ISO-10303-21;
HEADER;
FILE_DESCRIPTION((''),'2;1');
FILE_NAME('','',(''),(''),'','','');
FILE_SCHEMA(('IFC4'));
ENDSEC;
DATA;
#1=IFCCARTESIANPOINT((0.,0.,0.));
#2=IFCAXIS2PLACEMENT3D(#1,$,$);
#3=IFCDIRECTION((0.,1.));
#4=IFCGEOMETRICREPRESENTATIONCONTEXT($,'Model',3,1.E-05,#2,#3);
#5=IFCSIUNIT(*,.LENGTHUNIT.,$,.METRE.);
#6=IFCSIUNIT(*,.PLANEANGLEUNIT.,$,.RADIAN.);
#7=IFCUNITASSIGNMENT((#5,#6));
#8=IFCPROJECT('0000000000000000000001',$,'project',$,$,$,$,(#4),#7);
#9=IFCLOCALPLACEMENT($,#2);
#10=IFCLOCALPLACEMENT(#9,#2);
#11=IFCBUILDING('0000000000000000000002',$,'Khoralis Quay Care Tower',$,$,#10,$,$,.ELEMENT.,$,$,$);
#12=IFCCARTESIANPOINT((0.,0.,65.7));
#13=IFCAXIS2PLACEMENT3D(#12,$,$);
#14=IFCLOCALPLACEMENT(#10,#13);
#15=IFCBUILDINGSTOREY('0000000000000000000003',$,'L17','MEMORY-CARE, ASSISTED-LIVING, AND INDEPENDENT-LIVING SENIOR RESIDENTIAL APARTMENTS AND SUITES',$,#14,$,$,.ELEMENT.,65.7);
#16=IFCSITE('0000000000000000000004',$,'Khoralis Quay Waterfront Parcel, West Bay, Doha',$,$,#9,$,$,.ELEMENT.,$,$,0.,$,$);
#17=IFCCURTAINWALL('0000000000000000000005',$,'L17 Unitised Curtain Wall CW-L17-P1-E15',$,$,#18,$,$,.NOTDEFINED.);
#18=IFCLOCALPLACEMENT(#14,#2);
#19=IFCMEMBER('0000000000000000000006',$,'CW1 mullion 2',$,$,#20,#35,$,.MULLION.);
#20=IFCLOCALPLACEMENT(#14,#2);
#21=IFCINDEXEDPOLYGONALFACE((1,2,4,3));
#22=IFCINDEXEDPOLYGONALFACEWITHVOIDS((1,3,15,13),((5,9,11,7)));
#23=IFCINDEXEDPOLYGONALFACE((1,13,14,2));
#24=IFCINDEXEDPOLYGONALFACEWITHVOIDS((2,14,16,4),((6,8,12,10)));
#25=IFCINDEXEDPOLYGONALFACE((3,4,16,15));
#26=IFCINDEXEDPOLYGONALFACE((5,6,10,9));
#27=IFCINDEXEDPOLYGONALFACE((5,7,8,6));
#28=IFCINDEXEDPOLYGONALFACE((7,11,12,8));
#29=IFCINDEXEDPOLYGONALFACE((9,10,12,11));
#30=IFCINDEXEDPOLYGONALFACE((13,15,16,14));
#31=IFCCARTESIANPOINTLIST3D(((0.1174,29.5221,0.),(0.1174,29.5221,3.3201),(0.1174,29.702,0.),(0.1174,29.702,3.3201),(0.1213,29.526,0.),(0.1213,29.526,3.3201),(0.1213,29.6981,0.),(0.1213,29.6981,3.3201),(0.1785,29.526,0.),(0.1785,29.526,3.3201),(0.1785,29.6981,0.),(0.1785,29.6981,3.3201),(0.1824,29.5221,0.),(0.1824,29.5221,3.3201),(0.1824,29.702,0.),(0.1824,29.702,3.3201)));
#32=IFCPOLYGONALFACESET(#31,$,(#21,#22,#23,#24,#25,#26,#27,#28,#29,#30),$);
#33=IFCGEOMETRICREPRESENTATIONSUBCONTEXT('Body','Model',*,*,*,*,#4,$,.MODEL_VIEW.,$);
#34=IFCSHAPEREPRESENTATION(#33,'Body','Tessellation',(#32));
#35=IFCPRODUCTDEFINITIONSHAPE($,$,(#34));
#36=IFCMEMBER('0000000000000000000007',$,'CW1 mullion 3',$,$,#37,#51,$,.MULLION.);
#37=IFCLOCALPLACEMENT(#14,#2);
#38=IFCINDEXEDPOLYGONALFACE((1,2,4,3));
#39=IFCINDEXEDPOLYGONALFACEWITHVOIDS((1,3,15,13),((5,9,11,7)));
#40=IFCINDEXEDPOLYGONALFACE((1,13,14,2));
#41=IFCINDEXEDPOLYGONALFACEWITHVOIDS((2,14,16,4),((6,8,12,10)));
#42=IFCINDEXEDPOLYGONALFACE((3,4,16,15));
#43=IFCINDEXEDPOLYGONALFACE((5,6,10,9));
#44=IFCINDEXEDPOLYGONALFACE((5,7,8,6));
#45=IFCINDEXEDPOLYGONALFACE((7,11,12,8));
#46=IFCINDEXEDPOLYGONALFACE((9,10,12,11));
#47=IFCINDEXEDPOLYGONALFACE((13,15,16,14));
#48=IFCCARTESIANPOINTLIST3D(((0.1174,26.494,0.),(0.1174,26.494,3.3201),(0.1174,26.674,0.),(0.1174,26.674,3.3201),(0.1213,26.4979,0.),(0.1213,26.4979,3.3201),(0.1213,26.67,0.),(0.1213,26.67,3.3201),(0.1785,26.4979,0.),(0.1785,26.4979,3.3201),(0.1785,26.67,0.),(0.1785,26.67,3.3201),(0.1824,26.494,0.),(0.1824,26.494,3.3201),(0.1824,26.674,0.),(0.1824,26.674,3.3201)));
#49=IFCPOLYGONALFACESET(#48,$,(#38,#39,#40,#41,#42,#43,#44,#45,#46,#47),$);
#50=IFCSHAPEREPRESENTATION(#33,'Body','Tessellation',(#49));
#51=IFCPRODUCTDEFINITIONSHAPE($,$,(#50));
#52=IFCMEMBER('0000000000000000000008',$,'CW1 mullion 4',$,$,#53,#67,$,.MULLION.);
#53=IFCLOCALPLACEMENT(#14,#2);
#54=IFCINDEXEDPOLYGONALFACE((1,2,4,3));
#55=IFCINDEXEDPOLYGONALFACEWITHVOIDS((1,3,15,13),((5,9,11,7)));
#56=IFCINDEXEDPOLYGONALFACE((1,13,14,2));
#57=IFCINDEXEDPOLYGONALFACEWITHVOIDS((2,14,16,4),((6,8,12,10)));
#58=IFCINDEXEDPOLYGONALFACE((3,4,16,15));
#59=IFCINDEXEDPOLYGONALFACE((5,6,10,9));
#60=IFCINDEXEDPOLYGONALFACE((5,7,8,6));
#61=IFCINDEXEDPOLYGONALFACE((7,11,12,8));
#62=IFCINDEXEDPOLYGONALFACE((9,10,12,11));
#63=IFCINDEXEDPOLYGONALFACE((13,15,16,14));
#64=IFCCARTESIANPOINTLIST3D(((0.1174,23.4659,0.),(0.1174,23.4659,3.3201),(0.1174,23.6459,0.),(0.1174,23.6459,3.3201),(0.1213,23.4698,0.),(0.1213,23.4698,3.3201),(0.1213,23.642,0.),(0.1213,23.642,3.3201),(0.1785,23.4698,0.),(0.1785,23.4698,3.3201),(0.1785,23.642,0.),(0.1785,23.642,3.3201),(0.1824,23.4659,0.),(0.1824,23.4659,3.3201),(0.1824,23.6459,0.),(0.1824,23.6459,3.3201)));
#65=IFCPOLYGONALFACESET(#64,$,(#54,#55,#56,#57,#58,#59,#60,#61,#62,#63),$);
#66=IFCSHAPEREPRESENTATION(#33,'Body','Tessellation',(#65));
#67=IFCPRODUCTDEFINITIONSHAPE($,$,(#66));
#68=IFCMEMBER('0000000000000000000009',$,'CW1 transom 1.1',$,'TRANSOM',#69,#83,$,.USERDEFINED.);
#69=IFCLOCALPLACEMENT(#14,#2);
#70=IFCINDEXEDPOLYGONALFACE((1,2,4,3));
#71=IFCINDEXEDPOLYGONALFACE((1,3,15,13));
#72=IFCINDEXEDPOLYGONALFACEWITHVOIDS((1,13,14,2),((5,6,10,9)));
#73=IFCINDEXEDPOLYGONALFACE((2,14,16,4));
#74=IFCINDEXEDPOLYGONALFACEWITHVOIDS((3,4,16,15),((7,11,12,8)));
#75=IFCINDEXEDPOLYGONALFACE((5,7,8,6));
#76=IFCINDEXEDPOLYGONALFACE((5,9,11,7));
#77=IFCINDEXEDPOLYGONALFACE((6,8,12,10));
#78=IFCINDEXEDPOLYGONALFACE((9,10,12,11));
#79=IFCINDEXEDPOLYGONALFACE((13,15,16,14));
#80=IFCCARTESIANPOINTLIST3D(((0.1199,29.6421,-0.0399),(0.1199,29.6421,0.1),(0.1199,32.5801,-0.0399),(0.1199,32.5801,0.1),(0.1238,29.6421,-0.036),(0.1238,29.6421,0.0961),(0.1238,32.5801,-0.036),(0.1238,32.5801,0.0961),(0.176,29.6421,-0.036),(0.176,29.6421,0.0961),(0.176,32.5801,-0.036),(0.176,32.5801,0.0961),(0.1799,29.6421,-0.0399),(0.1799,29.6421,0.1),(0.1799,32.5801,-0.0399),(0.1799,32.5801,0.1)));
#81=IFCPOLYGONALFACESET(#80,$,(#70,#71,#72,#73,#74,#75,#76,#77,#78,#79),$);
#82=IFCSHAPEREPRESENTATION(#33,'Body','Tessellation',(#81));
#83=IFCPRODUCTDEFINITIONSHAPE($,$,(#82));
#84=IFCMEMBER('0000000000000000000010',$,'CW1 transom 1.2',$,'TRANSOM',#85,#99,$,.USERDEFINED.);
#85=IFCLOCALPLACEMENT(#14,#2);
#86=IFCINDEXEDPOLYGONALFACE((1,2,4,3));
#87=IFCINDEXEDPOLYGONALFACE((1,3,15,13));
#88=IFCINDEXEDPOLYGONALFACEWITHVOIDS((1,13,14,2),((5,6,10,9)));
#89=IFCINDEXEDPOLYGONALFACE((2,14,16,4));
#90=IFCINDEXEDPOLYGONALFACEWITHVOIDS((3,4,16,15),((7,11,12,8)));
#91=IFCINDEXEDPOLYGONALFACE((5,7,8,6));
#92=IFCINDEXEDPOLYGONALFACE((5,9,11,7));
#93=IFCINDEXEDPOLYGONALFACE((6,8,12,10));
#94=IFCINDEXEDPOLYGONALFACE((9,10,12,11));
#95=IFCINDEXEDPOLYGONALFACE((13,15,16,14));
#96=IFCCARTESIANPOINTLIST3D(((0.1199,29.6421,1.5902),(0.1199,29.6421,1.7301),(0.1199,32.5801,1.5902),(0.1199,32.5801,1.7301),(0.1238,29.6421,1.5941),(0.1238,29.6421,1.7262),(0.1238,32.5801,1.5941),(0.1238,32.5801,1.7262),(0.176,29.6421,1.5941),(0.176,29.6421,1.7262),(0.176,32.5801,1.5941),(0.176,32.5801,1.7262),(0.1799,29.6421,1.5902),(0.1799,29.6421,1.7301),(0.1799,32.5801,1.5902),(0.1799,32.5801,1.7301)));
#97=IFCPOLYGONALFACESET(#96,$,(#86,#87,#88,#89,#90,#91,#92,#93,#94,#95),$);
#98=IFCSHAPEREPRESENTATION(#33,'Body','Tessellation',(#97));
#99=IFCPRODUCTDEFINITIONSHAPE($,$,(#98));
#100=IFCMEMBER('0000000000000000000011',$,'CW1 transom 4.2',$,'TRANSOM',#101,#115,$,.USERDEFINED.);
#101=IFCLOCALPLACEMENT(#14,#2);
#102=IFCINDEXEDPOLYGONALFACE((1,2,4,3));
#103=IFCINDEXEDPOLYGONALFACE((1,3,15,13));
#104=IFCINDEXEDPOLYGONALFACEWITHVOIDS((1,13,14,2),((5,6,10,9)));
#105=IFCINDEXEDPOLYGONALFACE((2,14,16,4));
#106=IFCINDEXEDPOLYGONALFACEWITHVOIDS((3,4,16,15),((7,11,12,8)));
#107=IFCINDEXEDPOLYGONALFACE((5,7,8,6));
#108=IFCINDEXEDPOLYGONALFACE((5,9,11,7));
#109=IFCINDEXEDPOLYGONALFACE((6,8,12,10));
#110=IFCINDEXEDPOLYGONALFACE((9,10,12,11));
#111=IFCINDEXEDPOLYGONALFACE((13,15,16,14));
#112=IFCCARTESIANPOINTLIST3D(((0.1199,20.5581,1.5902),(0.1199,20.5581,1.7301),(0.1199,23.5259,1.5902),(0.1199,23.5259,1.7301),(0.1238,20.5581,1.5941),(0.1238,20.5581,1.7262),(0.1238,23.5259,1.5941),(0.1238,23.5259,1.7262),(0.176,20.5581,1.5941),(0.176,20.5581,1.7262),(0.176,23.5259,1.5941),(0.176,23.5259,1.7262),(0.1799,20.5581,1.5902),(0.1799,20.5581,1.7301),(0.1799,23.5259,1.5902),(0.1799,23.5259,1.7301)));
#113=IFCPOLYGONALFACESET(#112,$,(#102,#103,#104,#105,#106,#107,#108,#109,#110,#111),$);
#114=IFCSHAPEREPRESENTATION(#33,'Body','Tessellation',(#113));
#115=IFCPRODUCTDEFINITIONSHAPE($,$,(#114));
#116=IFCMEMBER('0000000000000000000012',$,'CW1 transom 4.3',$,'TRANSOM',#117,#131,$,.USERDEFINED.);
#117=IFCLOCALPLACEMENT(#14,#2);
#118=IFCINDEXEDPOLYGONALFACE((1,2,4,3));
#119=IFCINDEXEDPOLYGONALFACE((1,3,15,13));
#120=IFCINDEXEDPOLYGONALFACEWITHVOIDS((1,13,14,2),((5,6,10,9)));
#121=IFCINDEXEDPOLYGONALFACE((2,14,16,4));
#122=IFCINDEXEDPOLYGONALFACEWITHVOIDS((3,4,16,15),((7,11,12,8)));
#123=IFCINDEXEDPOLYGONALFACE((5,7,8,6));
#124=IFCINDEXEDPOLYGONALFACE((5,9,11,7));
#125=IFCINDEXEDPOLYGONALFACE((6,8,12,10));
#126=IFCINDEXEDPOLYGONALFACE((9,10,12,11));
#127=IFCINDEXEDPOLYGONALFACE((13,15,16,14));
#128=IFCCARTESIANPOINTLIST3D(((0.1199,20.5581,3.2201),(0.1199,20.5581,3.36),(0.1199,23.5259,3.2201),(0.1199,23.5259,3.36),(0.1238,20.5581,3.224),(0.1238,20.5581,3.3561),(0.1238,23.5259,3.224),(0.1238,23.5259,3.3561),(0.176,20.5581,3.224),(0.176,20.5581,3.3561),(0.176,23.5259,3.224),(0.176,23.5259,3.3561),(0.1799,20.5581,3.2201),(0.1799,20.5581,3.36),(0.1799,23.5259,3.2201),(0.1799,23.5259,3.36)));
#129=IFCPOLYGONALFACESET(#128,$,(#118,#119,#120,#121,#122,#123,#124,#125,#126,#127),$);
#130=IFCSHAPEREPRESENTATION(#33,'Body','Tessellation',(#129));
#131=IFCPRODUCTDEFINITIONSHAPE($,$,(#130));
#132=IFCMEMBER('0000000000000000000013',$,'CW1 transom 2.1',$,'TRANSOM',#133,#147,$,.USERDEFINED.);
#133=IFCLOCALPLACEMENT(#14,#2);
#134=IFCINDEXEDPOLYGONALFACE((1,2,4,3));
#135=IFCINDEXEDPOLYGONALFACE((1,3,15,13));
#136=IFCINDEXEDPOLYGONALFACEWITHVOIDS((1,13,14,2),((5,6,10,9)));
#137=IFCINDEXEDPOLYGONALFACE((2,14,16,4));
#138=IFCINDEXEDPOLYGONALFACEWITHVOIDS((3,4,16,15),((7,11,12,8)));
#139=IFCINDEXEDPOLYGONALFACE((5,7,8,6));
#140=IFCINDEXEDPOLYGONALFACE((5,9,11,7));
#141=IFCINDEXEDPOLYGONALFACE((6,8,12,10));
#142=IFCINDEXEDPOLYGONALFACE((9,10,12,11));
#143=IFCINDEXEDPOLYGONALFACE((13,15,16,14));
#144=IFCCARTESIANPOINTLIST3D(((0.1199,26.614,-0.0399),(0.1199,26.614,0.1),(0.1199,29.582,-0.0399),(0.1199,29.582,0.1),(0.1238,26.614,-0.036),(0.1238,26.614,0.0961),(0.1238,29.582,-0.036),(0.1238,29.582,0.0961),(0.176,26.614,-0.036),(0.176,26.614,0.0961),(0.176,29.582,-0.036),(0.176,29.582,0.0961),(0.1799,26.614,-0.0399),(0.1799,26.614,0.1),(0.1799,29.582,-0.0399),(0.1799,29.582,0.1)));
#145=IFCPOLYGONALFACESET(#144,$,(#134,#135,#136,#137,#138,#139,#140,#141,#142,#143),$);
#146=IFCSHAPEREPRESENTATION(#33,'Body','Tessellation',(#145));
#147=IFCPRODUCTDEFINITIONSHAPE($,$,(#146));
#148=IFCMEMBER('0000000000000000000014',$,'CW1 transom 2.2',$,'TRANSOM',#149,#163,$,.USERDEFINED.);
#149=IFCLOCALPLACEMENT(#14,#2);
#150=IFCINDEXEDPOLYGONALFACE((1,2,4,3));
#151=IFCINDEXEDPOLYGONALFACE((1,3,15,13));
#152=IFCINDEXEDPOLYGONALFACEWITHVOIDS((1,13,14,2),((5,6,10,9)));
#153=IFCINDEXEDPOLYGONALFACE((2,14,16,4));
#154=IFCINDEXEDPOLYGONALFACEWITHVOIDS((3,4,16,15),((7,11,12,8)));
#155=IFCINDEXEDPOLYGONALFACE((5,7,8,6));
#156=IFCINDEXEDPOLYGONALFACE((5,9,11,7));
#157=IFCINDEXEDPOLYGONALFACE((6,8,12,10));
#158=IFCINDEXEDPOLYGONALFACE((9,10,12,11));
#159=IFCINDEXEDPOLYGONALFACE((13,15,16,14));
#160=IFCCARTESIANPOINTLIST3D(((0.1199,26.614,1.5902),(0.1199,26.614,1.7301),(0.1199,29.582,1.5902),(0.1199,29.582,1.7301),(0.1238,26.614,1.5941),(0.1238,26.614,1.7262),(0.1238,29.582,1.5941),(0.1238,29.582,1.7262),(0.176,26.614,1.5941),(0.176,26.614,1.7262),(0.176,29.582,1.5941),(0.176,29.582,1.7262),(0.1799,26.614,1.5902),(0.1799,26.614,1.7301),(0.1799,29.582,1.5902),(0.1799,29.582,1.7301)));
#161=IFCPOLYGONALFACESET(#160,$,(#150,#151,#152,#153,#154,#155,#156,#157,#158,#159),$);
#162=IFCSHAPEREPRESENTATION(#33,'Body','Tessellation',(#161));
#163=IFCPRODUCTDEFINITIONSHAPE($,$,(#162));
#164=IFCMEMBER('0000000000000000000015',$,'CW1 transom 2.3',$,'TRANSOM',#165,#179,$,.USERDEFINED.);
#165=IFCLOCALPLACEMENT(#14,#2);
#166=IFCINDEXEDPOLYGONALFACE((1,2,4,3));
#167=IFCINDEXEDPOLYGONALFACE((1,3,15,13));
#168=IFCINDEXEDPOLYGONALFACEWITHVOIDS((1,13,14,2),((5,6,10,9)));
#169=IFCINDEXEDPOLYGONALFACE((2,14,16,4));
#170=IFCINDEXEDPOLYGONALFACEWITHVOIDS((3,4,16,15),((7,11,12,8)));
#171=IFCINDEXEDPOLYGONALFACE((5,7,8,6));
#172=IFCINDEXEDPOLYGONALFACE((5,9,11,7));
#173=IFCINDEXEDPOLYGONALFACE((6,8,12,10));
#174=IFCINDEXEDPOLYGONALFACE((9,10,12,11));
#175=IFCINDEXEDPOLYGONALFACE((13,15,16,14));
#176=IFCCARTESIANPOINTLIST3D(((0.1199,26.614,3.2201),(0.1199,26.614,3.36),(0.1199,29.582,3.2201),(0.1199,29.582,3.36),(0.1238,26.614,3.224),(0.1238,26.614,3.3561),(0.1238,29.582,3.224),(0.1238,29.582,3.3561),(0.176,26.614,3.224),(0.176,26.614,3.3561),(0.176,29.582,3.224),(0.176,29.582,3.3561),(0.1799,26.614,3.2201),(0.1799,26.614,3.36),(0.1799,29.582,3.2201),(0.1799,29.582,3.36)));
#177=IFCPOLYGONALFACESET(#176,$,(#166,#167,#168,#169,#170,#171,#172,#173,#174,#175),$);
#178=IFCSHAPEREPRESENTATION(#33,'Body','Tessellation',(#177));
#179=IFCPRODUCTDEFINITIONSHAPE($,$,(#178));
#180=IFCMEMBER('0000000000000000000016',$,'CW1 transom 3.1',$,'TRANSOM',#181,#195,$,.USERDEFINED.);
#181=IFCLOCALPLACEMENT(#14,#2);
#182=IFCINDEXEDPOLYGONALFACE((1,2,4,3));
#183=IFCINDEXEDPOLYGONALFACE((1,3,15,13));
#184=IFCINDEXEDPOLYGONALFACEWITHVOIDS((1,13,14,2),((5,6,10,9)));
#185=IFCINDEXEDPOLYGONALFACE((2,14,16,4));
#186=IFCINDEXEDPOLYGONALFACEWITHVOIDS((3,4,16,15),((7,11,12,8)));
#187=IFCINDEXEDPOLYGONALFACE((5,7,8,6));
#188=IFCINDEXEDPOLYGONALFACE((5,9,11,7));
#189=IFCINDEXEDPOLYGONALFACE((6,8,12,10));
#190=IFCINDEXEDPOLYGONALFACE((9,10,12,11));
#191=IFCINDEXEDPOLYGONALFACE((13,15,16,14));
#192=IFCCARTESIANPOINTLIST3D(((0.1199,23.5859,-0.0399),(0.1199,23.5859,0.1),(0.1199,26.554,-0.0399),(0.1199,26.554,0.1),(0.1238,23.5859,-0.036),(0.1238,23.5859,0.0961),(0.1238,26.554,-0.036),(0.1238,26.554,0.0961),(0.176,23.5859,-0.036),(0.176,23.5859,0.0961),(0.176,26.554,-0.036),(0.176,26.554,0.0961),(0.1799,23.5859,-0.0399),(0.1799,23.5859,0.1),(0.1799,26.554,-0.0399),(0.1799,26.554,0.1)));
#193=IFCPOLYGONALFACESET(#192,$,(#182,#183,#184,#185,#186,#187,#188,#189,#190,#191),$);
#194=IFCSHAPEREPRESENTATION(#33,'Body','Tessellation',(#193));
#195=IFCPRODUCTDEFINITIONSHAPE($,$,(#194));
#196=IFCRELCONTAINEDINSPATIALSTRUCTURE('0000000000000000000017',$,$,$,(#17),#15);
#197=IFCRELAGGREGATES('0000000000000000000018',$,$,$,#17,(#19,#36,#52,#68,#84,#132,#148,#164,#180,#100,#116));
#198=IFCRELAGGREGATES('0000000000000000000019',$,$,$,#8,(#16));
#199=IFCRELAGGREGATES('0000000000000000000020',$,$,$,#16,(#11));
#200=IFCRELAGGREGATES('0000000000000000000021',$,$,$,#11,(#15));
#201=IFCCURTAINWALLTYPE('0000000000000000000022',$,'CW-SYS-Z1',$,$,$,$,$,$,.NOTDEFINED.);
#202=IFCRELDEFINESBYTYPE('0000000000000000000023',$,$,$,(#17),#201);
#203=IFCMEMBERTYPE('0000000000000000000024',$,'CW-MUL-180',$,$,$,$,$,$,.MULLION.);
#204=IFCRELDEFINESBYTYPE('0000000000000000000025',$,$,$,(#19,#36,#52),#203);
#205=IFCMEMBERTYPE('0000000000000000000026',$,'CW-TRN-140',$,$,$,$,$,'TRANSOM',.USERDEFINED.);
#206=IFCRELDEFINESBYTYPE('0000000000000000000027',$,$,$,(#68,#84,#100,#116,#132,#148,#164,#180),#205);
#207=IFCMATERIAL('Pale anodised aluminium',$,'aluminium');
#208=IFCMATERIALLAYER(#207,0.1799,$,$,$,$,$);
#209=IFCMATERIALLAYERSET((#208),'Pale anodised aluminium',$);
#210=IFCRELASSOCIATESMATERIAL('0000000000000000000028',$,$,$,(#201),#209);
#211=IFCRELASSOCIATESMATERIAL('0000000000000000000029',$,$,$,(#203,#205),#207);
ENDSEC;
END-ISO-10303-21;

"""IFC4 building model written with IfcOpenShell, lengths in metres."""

from ifc_helpers import new_model, si_unit, direction, frame, origin, origin_2d, place, context, subcontext, project, spatial, hollow_rectangle, extrude, source, transform, mapped, material, layer, layer_set, material_profile, profile_set, type_object, element, aggregate, save


model = new_model("IFC4")

# Units and contexts
model_context = context("Model", 3, precision=1e-05, world=origin(), true_north=direction((0.0, 1.0)))
body_context = subcontext(model_context, "Body", "Model", "MODEL_VIEW")
ifc_project = project(units=[si_unit("LENGTHUNIT", "METRE"), si_unit("PLANEANGLEUNIT", "RADIAN")], contexts=[model_context])

# Site, building, storey
site_placement = place(None, origin())
site = spatial("IfcSite", under=ifc_project, at=site_placement, Name="Khoralis Quay Waterfront Parcel, West Bay, Doha", CompositionType="ELEMENT", RefElevation=0.0)
building_placement = place(site_placement, origin())
building = spatial("IfcBuilding", under=site, at=building_placement, Name="Khoralis Quay Care Tower", CompositionType="ELEMENT")
storey_placement = place(building_placement, frame((0.0, 0.0, 65.7)))
storey = spatial("IfcBuildingStorey", under=building, at=storey_placement, Name="L17", Description="MEMORY-CARE, ASSISTED-LIVING, AND INDEPENDENT-LIVING SENIOR RESIDENTIAL APARTMENTS AND SUITES", CompositionType="ELEMENT", Elevation=65.7)

# Curtain wall, members
ifc_material_1 = material(Name="Pale anodised aluminium", Category="aluminium")
ifc_layer_1 = layer(ifc_material_1, 0.1799)
ifc_layer_set_1 = layer_set([ifc_layer_1], Name="Pale anodised aluminium")
curtain_wall_type = type_object("IfcCurtainWallType", Name="CW-SYS-Z1", PredefinedType="NOTDEFINED", material=ifc_layer_set_1)
curtain_wall_placement = place(storey_placement, origin())
curtain_wall = element("IfcCurtainWall", 1, at=curtain_wall_placement, inside=storey, type_object=curtain_wall_type, Name="L17 Unitised Curtain Wall CW-L17-P1-E15", PredefinedType="NOTDEFINED")
ifc_material_profile_1 = material_profile(ifc_material_1, hollow_rectangle(XDim=0.0649, YDim=0.1799, WallThickness=0.0039, at=origin_2d()), Name="Pale anodised aluminium")
ifc_profile_set_1 = profile_set([ifc_material_profile_1], Name="Pale anodised aluminium")
member_type_1 = type_object("IfcMemberType", Name="CW-MUL-180", PredefinedType="MULLION", material=ifc_profile_set_1)
shared_shape_1 = source(origin(), body_context, "Body", "SweptSolid", [
    extrude(hollow_rectangle(XDim=0.0649, YDim=0.1799, WallThickness=0.0039, at=origin_2d()), origin(), (0.0, 0.0, 1.0), 3.3201),
])
member_1_placement = place(storey_placement, frame((0.1499, 29.6121, 0.0), z_axis=(0.0, 0.0, 1.0), x_axis=(1.0, 0.0, 0.0)))
member_1 = element("IfcMember", 2, at=member_1_placement, type_object=member_type_1, Name="CW1 mullion 2", PredefinedType="MULLION", context=body_context, shape_type="MappedRepresentation", body=[
    mapped(shared_shape_1, transform((0.0, 0.0, 0.0), scale=1.0)),
])
member_2_placement = place(storey_placement, frame((0.1499, 26.584, 0.0), z_axis=(0.0, 0.0, 1.0), x_axis=(1.0, 0.0, 0.0)))
member_2 = element("IfcMember", 3, at=member_2_placement, type_object=member_type_1, Name="CW1 mullion 3", PredefinedType="MULLION", context=body_context, shape_type="MappedRepresentation", body=[
    mapped(shared_shape_1, transform((0.0, 0.0, 0.0), scale=1.0)),
])
member_3_placement = place(storey_placement, frame((0.1499, 23.5559, 0.0), z_axis=(0.0, 0.0, 1.0), x_axis=(1.0, 0.0, 0.0)))
member_3 = element("IfcMember", 4, at=member_3_placement, type_object=member_type_1, Name="CW1 mullion 4", PredefinedType="MULLION", context=body_context, shape_type="MappedRepresentation", body=[
    mapped(shared_shape_1, transform((0.0, 0.0, 0.0), scale=1.0)),
])
ifc_material_profile_2 = material_profile(ifc_material_1, hollow_rectangle(XDim=0.0601, YDim=0.1399, WallThickness=0.0039, at=origin_2d()), Name="Pale anodised aluminium")
ifc_profile_set_2 = profile_set([ifc_material_profile_2], Name="Pale anodised aluminium")
member_type_2 = type_object("IfcMemberType", Name="CW-TRN-140", ElementType="TRANSOM", PredefinedType="USERDEFINED", material=ifc_profile_set_2)
shared_shape_2 = source(origin(), body_context, "Body", "SweptSolid", [
    extrude(hollow_rectangle(XDim=0.0601, YDim=0.1399, WallThickness=0.0039, at=origin_2d()), origin(), (0.0, 0.0, 1.0), 2.938),
])
member_4_placement = place(storey_placement, frame((0.1499, 32.5801, 0.03), z_axis=(0.0, -1.0, 0.0), x_axis=(1.0, 0.0, 0.0)))
member_4 = element("IfcMember", 5, at=member_4_placement, type_object=member_type_2, Name="CW1 transom 1.1", ObjectType="TRANSOM", PredefinedType="USERDEFINED", context=body_context, shape_type="MappedRepresentation", body=[
    mapped(shared_shape_2, transform((0.0, 0.0, 0.0), scale=1.0)),
])
member_5_placement = place(storey_placement, frame((0.1499, 32.5801, 1.6602), z_axis=(0.0, -1.0, 0.0), x_axis=(1.0, 0.0, 0.0)))
member_5 = element("IfcMember", 6, at=member_5_placement, type_object=member_type_2, Name="CW1 transom 1.2", ObjectType="TRANSOM", PredefinedType="USERDEFINED", context=body_context, shape_type="MappedRepresentation", body=[
    mapped(shared_shape_2, transform((0.0, 0.0, 0.0), scale=1.0)),
])
shared_shape_3 = source(origin(), body_context, "Body", "SweptSolid", [
    extrude(hollow_rectangle(XDim=0.0601, YDim=0.1399, WallThickness=0.0039, at=origin_2d()), origin(), (0.0, 0.0, 1.0), 2.9678),
])
member_6_placement = place(storey_placement, frame((0.1499, 23.5259, 1.6602), z_axis=(0.0, -1.0, 0.0), x_axis=(1.0, 0.0, 0.0)))
member_6 = element("IfcMember", 7, at=member_6_placement, type_object=member_type_2, Name="CW1 transom 4.2", ObjectType="TRANSOM", PredefinedType="USERDEFINED", context=body_context, shape_type="MappedRepresentation", body=[
    mapped(shared_shape_3, transform((0.0, 0.0, 0.0), scale=1.0)),
])
member_7_placement = place(storey_placement, frame((0.1499, 23.5259, 3.29), z_axis=(0.0, -1.0, 0.0), x_axis=(1.0, 0.0, 0.0)))
member_7 = element("IfcMember", 8, at=member_7_placement, type_object=member_type_2, Name="CW1 transom 4.3", ObjectType="TRANSOM", PredefinedType="USERDEFINED", context=body_context, shape_type="MappedRepresentation", body=[
    mapped(shared_shape_3, transform((0.0, 0.0, 0.0), scale=1.0)),
])
shared_shape_4 = source(origin(), body_context, "Body", "SweptSolid", [
    extrude(hollow_rectangle(XDim=0.0601, YDim=0.1399, WallThickness=0.0039, at=origin_2d()), origin(), (0.0, 0.0, 1.0), 2.968),
])
member_8_placement = place(storey_placement, frame((0.1499, 29.582, 0.03), z_axis=(0.0, -1.0, 0.0), x_axis=(1.0, 0.0, 0.0)))
member_8 = element("IfcMember", 9, at=member_8_placement, type_object=member_type_2, Name="CW1 transom 2.1", ObjectType="TRANSOM", PredefinedType="USERDEFINED", context=body_context, shape_type="MappedRepresentation", body=[
    mapped(shared_shape_4, transform((0.0, 0.0, 0.0), scale=1.0)),
])
member_9_placement = place(storey_placement, frame((0.1499, 29.582, 1.6602), z_axis=(0.0, -1.0, 0.0), x_axis=(1.0, 0.0, 0.0)))
member_9 = element("IfcMember", 10, at=member_9_placement, type_object=member_type_2, Name="CW1 transom 2.2", ObjectType="TRANSOM", PredefinedType="USERDEFINED", context=body_context, shape_type="MappedRepresentation", body=[
    mapped(shared_shape_4, transform((0.0, 0.0, 0.0), scale=1.0)),
])
member_10_placement = place(storey_placement, frame((0.1499, 29.582, 3.29), z_axis=(0.0, -1.0, 0.0), x_axis=(1.0, 0.0, 0.0)))
member_10 = element("IfcMember", 11, at=member_10_placement, type_object=member_type_2, Name="CW1 transom 2.3", ObjectType="TRANSOM", PredefinedType="USERDEFINED", context=body_context, shape_type="MappedRepresentation", body=[
    mapped(shared_shape_4, transform((0.0, 0.0, 0.0), scale=1.0)),
])
member_11_placement = place(storey_placement, frame((0.1499, 26.554, 0.03), z_axis=(0.0, -1.0, 0.0), x_axis=(1.0, 0.0, 0.0)))
member_11 = element("IfcMember", 12, at=member_11_placement, type_object=member_type_2, Name="CW1 transom 3.1", ObjectType="TRANSOM", PredefinedType="USERDEFINED", context=body_context, shape_type="MappedRepresentation", body=[
    mapped(shared_shape_4, transform((0.0, 0.0, 0.0), scale=1.0)),
])
aggregate(curtain_wall, [member_1, member_2, member_3, member_4, member_5, member_8, member_9, member_10, member_11, member_6, member_7])

save(model, "model.ifc")
